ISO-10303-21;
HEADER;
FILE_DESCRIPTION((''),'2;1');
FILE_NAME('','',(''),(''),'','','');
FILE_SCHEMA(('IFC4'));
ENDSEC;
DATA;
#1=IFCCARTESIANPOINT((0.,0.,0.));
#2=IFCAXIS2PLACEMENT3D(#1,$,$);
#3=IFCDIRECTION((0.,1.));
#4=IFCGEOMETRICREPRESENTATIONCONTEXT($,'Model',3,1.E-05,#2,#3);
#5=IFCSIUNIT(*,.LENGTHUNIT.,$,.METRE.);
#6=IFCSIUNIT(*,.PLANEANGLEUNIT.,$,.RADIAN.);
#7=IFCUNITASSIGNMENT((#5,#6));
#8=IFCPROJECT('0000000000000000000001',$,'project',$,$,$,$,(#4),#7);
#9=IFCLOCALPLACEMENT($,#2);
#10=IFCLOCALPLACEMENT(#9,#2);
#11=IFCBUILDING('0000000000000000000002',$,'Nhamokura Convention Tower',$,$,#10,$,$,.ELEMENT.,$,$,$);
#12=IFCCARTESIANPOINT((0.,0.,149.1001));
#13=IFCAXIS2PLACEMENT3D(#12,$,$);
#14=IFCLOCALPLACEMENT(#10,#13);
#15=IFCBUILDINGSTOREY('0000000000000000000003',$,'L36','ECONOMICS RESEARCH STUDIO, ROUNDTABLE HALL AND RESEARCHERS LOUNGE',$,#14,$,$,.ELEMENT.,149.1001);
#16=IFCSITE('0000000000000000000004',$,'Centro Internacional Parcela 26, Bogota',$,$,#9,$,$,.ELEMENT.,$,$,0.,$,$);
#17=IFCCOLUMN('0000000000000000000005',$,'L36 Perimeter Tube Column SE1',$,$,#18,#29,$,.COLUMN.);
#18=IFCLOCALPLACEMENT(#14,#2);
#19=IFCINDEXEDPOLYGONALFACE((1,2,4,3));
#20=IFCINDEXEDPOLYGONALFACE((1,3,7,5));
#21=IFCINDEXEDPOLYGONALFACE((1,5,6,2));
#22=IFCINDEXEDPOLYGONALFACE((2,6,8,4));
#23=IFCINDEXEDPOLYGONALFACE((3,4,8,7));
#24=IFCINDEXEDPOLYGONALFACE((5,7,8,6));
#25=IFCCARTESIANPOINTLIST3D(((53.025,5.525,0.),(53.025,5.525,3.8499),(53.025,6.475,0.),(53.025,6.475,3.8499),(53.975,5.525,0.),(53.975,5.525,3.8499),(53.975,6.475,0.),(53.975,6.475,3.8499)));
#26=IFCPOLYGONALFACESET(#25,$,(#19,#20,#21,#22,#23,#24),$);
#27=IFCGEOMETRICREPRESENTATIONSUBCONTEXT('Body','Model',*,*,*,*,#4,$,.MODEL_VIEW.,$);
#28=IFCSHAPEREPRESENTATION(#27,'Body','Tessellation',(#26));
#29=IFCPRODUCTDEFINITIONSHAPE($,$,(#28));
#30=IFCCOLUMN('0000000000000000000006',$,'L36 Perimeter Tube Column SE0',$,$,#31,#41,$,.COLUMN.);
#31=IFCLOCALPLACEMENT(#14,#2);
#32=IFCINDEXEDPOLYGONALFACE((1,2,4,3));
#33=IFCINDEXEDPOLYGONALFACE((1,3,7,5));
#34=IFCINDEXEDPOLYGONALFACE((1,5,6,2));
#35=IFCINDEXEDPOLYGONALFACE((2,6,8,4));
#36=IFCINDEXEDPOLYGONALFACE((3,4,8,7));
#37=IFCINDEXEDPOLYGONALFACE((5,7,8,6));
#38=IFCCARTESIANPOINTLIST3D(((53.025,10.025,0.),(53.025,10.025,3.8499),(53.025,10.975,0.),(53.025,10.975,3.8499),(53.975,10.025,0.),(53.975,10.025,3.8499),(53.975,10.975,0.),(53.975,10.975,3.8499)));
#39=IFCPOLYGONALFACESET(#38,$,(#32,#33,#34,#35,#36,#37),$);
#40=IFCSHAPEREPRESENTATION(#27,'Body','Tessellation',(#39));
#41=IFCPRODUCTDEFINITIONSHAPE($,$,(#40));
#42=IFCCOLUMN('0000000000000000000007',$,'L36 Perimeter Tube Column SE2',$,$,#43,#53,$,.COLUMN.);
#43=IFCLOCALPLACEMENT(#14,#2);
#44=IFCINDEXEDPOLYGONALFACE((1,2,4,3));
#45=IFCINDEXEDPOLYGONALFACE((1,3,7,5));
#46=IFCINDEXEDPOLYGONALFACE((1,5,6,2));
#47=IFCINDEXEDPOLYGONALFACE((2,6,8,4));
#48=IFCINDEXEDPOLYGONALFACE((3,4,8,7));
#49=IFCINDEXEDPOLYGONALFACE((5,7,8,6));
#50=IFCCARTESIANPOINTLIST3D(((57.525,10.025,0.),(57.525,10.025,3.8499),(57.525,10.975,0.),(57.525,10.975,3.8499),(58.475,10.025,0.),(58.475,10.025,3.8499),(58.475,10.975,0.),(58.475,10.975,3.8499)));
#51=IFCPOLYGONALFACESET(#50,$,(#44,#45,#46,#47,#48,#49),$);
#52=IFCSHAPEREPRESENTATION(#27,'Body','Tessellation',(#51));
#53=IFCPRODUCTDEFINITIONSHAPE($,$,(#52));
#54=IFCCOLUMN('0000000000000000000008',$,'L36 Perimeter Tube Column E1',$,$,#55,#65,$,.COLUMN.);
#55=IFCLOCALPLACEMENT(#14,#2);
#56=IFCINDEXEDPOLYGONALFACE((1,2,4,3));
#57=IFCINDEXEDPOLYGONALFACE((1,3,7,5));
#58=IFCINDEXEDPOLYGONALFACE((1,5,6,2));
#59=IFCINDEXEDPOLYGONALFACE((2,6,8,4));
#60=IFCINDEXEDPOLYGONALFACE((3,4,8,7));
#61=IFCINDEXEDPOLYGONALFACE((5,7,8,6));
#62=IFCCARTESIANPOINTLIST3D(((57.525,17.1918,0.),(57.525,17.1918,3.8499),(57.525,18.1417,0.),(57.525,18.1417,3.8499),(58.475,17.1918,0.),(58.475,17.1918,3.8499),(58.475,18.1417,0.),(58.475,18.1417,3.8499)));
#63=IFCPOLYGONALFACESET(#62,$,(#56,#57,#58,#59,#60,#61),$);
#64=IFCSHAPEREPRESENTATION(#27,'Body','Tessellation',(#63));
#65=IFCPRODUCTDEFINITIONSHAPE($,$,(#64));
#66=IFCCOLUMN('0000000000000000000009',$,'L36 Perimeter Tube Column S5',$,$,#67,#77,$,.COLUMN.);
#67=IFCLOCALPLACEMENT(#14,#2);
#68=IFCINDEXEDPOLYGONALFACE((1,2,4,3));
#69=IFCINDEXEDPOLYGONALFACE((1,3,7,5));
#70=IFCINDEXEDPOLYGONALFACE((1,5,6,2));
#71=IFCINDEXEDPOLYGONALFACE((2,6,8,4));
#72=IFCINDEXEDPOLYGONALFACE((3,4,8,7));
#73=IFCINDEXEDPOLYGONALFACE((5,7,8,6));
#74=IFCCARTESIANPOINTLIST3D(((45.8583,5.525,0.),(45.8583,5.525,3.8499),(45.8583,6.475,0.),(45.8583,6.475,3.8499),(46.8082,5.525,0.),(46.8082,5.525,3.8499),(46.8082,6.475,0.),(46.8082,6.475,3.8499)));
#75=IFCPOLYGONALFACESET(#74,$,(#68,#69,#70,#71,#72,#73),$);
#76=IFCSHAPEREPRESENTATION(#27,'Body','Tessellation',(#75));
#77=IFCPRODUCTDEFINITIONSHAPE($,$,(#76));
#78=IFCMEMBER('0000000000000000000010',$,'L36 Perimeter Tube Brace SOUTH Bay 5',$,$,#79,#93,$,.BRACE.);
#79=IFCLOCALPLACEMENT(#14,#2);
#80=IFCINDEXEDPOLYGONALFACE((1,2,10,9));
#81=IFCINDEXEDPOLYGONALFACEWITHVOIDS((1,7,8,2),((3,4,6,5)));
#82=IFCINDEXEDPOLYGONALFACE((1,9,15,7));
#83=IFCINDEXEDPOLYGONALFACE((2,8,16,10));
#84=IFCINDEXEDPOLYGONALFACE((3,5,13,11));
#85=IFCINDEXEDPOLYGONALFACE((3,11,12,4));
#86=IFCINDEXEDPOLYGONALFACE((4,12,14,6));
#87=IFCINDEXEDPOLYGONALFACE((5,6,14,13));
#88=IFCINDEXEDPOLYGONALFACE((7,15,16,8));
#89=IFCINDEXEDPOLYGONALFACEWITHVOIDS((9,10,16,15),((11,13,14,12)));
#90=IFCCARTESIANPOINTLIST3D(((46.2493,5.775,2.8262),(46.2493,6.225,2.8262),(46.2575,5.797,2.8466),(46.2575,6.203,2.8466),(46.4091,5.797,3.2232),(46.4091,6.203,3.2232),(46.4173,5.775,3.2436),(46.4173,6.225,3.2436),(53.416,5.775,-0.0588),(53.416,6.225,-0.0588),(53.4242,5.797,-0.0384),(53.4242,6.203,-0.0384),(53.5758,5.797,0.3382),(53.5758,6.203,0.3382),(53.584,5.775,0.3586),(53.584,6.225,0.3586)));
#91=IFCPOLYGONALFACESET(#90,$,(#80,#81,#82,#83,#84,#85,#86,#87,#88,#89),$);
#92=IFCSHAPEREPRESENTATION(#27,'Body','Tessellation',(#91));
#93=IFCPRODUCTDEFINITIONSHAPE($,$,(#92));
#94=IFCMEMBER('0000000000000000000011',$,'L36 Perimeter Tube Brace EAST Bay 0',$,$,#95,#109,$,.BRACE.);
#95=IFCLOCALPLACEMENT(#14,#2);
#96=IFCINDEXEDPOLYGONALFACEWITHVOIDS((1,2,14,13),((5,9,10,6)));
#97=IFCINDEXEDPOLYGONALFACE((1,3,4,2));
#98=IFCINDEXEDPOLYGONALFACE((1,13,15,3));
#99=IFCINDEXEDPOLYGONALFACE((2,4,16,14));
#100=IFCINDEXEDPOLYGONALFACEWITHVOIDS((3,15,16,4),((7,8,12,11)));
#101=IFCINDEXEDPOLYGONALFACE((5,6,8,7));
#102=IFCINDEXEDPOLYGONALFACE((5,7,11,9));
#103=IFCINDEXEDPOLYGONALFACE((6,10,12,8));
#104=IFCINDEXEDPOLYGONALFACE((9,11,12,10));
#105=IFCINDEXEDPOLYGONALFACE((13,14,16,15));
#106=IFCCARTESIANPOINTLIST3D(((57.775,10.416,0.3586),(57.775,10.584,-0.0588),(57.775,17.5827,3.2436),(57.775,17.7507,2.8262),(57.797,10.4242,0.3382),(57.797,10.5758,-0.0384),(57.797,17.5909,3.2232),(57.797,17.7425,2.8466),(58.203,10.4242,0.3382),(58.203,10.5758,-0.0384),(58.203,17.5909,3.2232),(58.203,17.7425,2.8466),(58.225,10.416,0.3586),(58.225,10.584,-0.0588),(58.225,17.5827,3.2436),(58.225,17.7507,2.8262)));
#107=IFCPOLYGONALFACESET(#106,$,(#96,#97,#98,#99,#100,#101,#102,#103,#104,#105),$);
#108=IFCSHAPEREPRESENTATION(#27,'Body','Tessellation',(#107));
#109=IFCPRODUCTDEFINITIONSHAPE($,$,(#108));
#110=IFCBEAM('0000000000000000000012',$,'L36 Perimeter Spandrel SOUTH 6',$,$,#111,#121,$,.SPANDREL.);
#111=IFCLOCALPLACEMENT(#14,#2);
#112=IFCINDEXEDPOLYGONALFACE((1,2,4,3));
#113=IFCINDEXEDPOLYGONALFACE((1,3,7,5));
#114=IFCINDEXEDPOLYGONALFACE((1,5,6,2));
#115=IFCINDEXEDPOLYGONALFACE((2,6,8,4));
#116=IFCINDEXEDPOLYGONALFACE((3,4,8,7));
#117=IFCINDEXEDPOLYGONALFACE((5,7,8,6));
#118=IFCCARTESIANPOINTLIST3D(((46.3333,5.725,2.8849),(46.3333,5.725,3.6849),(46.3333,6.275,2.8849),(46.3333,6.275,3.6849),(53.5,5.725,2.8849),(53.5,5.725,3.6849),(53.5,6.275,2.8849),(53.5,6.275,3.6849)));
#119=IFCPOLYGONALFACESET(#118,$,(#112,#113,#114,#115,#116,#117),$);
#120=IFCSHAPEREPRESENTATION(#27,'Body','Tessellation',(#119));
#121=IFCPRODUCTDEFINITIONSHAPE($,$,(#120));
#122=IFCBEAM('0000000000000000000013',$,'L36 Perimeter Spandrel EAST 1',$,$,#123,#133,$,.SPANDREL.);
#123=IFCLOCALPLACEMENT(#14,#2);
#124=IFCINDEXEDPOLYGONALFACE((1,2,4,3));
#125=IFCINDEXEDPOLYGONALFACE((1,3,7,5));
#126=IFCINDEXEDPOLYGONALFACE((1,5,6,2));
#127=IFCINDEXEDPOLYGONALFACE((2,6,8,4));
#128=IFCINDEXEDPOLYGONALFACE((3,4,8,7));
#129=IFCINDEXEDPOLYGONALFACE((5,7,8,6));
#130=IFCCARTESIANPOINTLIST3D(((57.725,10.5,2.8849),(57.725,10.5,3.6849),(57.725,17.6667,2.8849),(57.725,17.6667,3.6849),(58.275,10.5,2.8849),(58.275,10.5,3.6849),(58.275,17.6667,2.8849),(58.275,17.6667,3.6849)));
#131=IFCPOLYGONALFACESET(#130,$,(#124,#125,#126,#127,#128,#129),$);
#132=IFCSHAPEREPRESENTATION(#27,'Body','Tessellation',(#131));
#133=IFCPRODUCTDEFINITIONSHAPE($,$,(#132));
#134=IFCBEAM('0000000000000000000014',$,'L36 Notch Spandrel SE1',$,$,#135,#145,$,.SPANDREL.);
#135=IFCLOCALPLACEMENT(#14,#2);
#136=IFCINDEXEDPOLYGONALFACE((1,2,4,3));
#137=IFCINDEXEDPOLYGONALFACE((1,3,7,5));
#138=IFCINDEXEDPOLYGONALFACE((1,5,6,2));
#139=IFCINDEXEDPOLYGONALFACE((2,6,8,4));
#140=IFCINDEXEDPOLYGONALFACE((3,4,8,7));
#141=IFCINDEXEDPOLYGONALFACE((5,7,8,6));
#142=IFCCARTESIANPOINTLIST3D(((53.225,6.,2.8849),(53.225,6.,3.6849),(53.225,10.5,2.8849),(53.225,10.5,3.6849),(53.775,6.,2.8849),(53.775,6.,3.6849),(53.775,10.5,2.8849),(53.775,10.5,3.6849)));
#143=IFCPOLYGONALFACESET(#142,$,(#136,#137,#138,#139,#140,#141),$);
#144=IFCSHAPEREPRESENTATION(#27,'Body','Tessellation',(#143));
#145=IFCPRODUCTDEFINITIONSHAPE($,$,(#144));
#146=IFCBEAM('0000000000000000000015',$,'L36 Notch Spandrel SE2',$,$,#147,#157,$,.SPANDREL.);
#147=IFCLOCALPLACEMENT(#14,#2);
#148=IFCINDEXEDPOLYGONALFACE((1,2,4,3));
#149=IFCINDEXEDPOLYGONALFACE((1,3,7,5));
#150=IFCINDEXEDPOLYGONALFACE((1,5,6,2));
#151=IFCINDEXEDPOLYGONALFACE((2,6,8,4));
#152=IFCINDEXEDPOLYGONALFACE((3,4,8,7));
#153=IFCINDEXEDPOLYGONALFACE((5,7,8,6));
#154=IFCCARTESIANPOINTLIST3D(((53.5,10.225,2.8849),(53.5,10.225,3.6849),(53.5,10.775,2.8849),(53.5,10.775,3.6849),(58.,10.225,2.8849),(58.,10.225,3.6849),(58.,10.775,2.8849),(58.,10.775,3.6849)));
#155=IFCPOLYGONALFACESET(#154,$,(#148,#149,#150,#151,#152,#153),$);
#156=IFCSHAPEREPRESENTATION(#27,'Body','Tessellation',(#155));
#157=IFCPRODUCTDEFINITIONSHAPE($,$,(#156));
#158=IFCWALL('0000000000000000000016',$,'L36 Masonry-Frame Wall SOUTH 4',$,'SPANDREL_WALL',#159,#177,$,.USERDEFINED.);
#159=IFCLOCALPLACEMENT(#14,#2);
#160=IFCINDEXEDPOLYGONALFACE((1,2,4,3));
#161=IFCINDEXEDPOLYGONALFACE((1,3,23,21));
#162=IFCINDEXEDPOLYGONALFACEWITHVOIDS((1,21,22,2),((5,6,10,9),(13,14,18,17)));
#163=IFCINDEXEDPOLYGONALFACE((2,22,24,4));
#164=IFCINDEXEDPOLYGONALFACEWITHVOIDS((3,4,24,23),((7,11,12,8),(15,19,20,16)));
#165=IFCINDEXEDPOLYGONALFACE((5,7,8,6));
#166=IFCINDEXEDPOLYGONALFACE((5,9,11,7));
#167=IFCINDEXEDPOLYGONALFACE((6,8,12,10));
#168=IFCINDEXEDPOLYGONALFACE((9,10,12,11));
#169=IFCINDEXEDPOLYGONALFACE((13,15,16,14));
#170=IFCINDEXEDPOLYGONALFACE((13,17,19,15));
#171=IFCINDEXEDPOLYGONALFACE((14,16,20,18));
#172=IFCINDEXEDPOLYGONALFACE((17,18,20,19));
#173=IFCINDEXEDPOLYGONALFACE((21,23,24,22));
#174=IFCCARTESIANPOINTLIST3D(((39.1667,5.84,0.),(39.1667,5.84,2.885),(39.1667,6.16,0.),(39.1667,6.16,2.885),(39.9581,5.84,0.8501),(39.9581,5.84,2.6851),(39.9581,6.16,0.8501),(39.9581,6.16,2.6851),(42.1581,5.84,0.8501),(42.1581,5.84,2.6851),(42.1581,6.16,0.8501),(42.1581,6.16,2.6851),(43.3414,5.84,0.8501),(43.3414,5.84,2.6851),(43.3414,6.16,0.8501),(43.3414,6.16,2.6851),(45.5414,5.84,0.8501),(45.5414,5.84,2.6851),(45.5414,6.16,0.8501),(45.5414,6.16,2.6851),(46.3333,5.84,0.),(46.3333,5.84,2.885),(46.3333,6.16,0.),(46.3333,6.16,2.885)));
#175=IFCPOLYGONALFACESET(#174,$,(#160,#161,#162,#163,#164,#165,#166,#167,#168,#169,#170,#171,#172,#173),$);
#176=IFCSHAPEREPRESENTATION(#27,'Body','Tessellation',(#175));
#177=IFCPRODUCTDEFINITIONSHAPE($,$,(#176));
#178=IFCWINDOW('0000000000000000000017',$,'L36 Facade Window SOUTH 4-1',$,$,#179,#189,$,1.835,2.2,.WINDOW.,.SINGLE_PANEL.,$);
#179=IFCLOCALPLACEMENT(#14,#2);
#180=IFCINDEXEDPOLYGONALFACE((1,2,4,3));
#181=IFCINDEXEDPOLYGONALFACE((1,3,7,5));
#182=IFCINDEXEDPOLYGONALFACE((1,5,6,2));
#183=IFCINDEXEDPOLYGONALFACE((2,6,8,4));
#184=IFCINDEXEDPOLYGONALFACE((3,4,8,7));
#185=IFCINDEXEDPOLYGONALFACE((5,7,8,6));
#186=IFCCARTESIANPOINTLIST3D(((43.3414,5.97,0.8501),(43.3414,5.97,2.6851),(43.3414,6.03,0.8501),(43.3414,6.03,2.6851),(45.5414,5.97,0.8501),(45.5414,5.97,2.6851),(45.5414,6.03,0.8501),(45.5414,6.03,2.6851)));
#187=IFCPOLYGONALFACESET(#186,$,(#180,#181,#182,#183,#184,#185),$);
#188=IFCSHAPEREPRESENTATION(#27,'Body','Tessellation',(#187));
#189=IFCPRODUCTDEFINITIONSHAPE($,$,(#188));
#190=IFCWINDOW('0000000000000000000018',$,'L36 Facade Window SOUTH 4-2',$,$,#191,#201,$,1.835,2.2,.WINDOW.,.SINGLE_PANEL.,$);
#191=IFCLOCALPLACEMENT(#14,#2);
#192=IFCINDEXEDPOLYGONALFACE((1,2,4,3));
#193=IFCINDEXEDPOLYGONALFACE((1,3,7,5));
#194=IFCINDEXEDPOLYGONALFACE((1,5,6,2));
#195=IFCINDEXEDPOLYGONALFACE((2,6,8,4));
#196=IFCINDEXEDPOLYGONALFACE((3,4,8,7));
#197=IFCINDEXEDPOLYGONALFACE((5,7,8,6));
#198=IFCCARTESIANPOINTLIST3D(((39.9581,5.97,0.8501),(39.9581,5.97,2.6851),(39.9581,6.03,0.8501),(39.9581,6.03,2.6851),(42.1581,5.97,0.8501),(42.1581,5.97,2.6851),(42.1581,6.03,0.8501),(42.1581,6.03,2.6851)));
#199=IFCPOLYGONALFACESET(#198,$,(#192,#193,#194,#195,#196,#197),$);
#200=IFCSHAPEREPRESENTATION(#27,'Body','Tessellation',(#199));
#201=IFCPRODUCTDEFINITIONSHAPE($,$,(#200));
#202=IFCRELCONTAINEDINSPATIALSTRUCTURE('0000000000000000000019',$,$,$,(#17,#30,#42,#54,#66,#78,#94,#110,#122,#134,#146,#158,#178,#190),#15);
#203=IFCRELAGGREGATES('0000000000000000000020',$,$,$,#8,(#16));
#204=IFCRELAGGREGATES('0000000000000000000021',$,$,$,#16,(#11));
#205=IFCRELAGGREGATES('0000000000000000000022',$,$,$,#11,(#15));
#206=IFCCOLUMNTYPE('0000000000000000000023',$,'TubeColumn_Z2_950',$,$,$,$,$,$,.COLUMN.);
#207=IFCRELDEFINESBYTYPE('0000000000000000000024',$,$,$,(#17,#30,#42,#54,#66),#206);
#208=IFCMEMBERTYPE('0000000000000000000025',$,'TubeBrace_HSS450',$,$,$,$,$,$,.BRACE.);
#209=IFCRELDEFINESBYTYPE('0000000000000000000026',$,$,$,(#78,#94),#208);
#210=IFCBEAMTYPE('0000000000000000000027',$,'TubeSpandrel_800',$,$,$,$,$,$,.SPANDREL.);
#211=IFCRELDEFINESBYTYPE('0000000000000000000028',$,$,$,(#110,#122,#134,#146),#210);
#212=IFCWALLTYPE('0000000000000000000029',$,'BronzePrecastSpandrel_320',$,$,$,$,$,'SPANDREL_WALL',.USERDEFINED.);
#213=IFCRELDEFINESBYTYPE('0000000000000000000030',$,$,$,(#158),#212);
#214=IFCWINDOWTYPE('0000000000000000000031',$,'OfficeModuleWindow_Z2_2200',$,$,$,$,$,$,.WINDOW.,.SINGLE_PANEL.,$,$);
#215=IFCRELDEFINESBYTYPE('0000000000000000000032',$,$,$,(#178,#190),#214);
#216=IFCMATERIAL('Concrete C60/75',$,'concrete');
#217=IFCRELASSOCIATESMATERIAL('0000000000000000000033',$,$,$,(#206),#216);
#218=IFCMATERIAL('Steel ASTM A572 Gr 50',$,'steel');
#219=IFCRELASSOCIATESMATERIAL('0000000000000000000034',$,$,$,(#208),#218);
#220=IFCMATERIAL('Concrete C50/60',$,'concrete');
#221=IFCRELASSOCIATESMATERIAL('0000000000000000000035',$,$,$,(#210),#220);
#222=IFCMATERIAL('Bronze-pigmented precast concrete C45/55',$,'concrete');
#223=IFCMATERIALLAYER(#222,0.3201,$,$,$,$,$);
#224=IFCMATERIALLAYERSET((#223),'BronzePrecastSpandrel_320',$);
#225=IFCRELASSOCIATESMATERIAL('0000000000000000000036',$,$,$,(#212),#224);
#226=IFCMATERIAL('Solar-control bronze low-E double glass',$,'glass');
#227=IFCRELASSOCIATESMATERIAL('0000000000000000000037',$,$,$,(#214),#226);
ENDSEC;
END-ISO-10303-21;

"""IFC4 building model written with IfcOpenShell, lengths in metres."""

from ifc_helpers import new_model, si_unit, direction, frame, frame_2d, origin, origin_2d, place, context, subcontext, project, spatial, rectangle, hollow_rectangle, extrude, material, layer, layer_set, material_profile, profile_set, type_object, element, fill, save


model = new_model("IFC4")

# Units and contexts
model_context = context("Model", 3, precision=1e-05, world=origin(), true_north=direction((0.0, 1.0)))
body_context = subcontext(model_context, "Body", "Model", "MODEL_VIEW")
ifc_project = project(units=[si_unit("LENGTHUNIT", "METRE"), si_unit("PLANEANGLEUNIT", "RADIAN")], contexts=[model_context])

# Site, building, storey
site_placement = place(None, origin())
site = spatial("IfcSite", under=ifc_project, at=site_placement, Name="Centro Internacional Parcela 26, Bogota", CompositionType="ELEMENT", RefElevation=0.0)
building_placement = place(site_placement, origin())
building = spatial("IfcBuilding", under=site, at=building_placement, Name="Nhamokura Convention Tower", CompositionType="ELEMENT")
storey_placement = place(building_placement, frame((0.0, 0.0, 149.1001)))
storey = spatial("IfcBuildingStorey", under=building, at=storey_placement, Name="L36", Description="ECONOMICS RESEARCH STUDIO, ROUNDTABLE HALL AND RESEARCHERS LOUNGE", CompositionType="ELEMENT", Elevation=149.1001)

# Columns
ifc_material_1 = material(Name="Concrete C60/75", Category="concrete")
ifc_material_profile_1 = material_profile(ifc_material_1, rectangle(XDim=0.95, YDim=0.95, at=origin_2d()))
ifc_profile_set_1 = profile_set([ifc_material_profile_1], Name="Concrete C60/75")
column_type = type_object("IfcColumnType", Name="TubeColumn_Z2_950", PredefinedType="COLUMN", material=ifc_profile_set_1)
for number, where, z_axis, x_axis, name in (
    (1, (53.5, 6.0, 0.0), (0.0, 0.0, 1.0), (1.0, 0.0, 0.0), "L36 Perimeter Tube Column SE1"),
    (2, (53.5, 10.5, 0.0), (0.0, 0.0, 1.0), (1.0, 0.0, 0.0), "L36 Perimeter Tube Column SE0"),
    (3, (58.0, 10.5, 0.0), (0.0, 0.0, 1.0), (1.0, 0.0, 0.0), "L36 Perimeter Tube Column SE2"),
    (4, (58.0, 17.6667, 0.0), (0.0, 0.0, 1.0), (1.0, 0.0, 0.0), "L36 Perimeter Tube Column E1"),
    (5, (46.3333, 6.0, 0.0), (0.0, 0.0, 1.0), (1.0, 0.0, 0.0), "L36 Perimeter Tube Column S5"),
):
    element("IfcColumn", number, at=place(storey_placement, frame(where, z_axis=z_axis, x_axis=x_axis)), inside=storey, type_object=column_type, Name=name, PredefinedType="COLUMN", context=body_context, shape_type="SweptSolid", body=[
        extrude(rectangle(XDim=0.95, YDim=0.95, at=origin_2d()), origin(), (0.0, 0.0, 1.0), 3.8499),
    ])

# Members
ifc_material_2 = material(Name="Steel ASTM A572 Gr 50", Category="steel")
ifc_material_profile_2 = material_profile(ifc_material_2, hollow_rectangle(XDim=0.45, YDim=0.45, WallThickness=0.022, at=origin_2d()))
ifc_profile_set_2 = profile_set([ifc_material_profile_2], Name="Steel ASTM A572 Gr 50")
member_type = type_object("IfcMemberType", Name="TubeBrace_HSS450", PredefinedType="BRACE", material=ifc_profile_set_2)
for number, where, z_axis, x_axis, name in (
    (6, (53.5, 6.0, 0.1499), (-0.927657, 0.0, 0.373433), (0.0, -1.0, 0.0), "L36 Perimeter Tube Brace SOUTH Bay 5"),
    (7, (58.0, 10.5, 0.1499), (0.0, 0.927657, 0.373433), (-1.0, 0.0, 0.0), "L36 Perimeter Tube Brace EAST Bay 0"),
):
    element("IfcMember", number, at=place(storey_placement, frame(where, z_axis=z_axis, x_axis=x_axis)), inside=storey, type_object=member_type, Name=name, PredefinedType="BRACE", context=body_context, shape_type="SweptSolid", body=[
        extrude(hollow_rectangle(XDim=0.45, YDim=0.45, WallThickness=0.022, at=origin_2d()), origin(), (0.0, 0.0, 1.0), 7.7256),
    ])

# Beams
ifc_material_3 = material(Name="Concrete C50/60", Category="concrete")
ifc_material_profile_3 = material_profile(ifc_material_3, rectangle(XDim=0.55, YDim=0.8, at=origin_2d()))
ifc_profile_set_3 = profile_set([ifc_material_profile_3], Name="Concrete C50/60")
beam_type = type_object("IfcBeamType", Name="TubeSpandrel_800", PredefinedType="SPANDREL", material=ifc_profile_set_3)
for number, where, z_axis, x_axis, name in (
    (8, (46.3333, 6.0, 3.2849), (1.0, 0.0, 0.0), (0.0, 1.0, 0.0), "L36 Perimeter Spandrel SOUTH 6"),
    (9, (58.0, 10.5, 3.2849), (0.0, 1.0, 0.0), (-1.0, 0.0, 0.0), "L36 Perimeter Spandrel EAST 1"),
):
    element("IfcBeam", number, at=place(storey_placement, frame(where, z_axis=z_axis, x_axis=x_axis)), inside=storey, type_object=beam_type, Name=name, PredefinedType="SPANDREL", context=body_context, shape_type="SweptSolid", body=[
        extrude(rectangle(XDim=0.55, YDim=0.8, at=origin_2d()), origin(), (0.0, 0.0, 1.0), 7.1667),
    ])
for number, where, z_axis, x_axis, name in (
    (10, (53.5, 6.0, 3.2849), (0.0, 1.0, 0.0), (-1.0, 0.0, 0.0), "L36 Notch Spandrel SE1"),
    (11, (53.5, 10.5, 3.2849), (1.0, 0.0, 0.0), (0.0, 1.0, 0.0), "L36 Notch Spandrel SE2"),
):
    element("IfcBeam", number, at=place(storey_placement, frame(where, z_axis=z_axis, x_axis=x_axis)), inside=storey, type_object=beam_type, Name=name, PredefinedType="SPANDREL", context=body_context, shape_type="SweptSolid", body=[
        extrude(rectangle(XDim=0.55, YDim=0.8, at=origin_2d()), origin(), (0.0, 0.0, 1.0), 4.5),
    ])

# Wall, openings, windows
ifc_material_4 = material(Name="Bronze-pigmented precast concrete C45/55", Category="concrete")
ifc_layer = layer(ifc_material_4, 0.3201)
ifc_layer_set = layer_set([ifc_layer], Name="BronzePrecastSpandrel_320")
wall_type = type_object("IfcWallType", Name="BronzePrecastSpandrel_320", ElementType="SPANDREL_WALL", PredefinedType="USERDEFINED", material=ifc_layer_set)
wall_1_placement = place(storey_placement, frame((46.3333, 6.0, 0.0), z_axis=(0.0, 0.0, 1.0), x_axis=(-1.0, 0.0, 0.0)))
wall_1 = element("IfcWall", 12, at=wall_1_placement, inside=storey, type_object=wall_type, Name="L36 Masonry-Frame Wall SOUTH 4", ObjectType="SPANDREL_WALL", PredefinedType="USERDEFINED", context=body_context, shape_type="SweptSolid", body=[
    extrude(rectangle(XDim=7.1665, YDim=0.3201, at=frame_2d((3.5833, 0.0))), origin(), (0.0, 0.0, 1.0), 2.885),
])
opening_1_placement = place(wall_1_placement, frame((0.7917, 0.0, 0.8501)))
opening_1 = element("IfcOpeningElement", 13, at=opening_1_placement, cuts=wall_1, PredefinedType="OPENING", context=body_context, shape_type="SweptSolid", body=[
    extrude(rectangle(XDim=2.2, YDim=1.835, at=frame_2d((1.1001, 0.9175))), frame((0.0, 0.1699, 0.0), z_axis=(0.0, -1.0, 0.0), x_axis=(1.0, 0.0, 0.0)), (0.0, 0.0, 1.0), 0.3401),
])
opening_2_placement = place(wall_1_placement, frame((4.175, 0.0, 0.8501)))
opening_2 = element("IfcOpeningElement", 14, at=opening_2_placement, cuts=wall_1, PredefinedType="OPENING", context=body_context, shape_type="SweptSolid", body=[
    extrude(rectangle(XDim=2.2, YDim=1.835, at=frame_2d((1.1001, 0.9175))), frame((0.0, 0.1699, 0.0), z_axis=(0.0, -1.0, 0.0), x_axis=(1.0, 0.0, 0.0)), (0.0, 0.0, 1.0), 0.3401),
])
ifc_material_5 = material(Name="Solar-control bronze low-E double glass", Category="glass")
window_type = type_object("IfcWindowType", Name="OfficeModuleWindow_Z2_2200", PartitioningType="SINGLE_PANEL", PredefinedType="WINDOW", material=ifc_material_5)
window_1_placement = place(opening_1_placement, origin())
window_1 = element("IfcWindow", 15, at=window_1_placement, inside=storey, type_object=window_type, Name="L36 Facade Window SOUTH 4-1", OverallHeight=1.835, OverallWidth=2.2, PartitioningType="SINGLE_PANEL", PredefinedType="WINDOW", context=body_context, shape_type="SweptSolid", body=[
    extrude(rectangle(XDim=2.2, YDim=1.835, at=frame_2d((1.1001, 0.9175))), frame((0.0, 0.03, 0.0), z_axis=(0.0, -1.0, 0.0), x_axis=(1.0, 0.0, 0.0)), (0.0, 0.0, 1.0), 0.0601),
])
fill(opening_1, window_1)
window_2_placement = place(opening_2_placement, origin())
window_2 = element("IfcWindow", 16, at=window_2_placement, inside=storey, type_object=window_type, Name="L36 Facade Window SOUTH 4-2", OverallHeight=1.835, OverallWidth=2.2, PartitioningType="SINGLE_PANEL", PredefinedType="WINDOW", context=body_context, shape_type="SweptSolid", body=[
    extrude(rectangle(XDim=2.2, YDim=1.835, at=frame_2d((1.1001, 0.9175))), frame((0.0, 0.03, 0.0), z_axis=(0.0, -1.0, 0.0), x_axis=(1.0, 0.0, 0.0)), (0.0, 0.0, 1.0), 0.0601),
])
fill(opening_2, window_2)

save(model, "model.ifc")
